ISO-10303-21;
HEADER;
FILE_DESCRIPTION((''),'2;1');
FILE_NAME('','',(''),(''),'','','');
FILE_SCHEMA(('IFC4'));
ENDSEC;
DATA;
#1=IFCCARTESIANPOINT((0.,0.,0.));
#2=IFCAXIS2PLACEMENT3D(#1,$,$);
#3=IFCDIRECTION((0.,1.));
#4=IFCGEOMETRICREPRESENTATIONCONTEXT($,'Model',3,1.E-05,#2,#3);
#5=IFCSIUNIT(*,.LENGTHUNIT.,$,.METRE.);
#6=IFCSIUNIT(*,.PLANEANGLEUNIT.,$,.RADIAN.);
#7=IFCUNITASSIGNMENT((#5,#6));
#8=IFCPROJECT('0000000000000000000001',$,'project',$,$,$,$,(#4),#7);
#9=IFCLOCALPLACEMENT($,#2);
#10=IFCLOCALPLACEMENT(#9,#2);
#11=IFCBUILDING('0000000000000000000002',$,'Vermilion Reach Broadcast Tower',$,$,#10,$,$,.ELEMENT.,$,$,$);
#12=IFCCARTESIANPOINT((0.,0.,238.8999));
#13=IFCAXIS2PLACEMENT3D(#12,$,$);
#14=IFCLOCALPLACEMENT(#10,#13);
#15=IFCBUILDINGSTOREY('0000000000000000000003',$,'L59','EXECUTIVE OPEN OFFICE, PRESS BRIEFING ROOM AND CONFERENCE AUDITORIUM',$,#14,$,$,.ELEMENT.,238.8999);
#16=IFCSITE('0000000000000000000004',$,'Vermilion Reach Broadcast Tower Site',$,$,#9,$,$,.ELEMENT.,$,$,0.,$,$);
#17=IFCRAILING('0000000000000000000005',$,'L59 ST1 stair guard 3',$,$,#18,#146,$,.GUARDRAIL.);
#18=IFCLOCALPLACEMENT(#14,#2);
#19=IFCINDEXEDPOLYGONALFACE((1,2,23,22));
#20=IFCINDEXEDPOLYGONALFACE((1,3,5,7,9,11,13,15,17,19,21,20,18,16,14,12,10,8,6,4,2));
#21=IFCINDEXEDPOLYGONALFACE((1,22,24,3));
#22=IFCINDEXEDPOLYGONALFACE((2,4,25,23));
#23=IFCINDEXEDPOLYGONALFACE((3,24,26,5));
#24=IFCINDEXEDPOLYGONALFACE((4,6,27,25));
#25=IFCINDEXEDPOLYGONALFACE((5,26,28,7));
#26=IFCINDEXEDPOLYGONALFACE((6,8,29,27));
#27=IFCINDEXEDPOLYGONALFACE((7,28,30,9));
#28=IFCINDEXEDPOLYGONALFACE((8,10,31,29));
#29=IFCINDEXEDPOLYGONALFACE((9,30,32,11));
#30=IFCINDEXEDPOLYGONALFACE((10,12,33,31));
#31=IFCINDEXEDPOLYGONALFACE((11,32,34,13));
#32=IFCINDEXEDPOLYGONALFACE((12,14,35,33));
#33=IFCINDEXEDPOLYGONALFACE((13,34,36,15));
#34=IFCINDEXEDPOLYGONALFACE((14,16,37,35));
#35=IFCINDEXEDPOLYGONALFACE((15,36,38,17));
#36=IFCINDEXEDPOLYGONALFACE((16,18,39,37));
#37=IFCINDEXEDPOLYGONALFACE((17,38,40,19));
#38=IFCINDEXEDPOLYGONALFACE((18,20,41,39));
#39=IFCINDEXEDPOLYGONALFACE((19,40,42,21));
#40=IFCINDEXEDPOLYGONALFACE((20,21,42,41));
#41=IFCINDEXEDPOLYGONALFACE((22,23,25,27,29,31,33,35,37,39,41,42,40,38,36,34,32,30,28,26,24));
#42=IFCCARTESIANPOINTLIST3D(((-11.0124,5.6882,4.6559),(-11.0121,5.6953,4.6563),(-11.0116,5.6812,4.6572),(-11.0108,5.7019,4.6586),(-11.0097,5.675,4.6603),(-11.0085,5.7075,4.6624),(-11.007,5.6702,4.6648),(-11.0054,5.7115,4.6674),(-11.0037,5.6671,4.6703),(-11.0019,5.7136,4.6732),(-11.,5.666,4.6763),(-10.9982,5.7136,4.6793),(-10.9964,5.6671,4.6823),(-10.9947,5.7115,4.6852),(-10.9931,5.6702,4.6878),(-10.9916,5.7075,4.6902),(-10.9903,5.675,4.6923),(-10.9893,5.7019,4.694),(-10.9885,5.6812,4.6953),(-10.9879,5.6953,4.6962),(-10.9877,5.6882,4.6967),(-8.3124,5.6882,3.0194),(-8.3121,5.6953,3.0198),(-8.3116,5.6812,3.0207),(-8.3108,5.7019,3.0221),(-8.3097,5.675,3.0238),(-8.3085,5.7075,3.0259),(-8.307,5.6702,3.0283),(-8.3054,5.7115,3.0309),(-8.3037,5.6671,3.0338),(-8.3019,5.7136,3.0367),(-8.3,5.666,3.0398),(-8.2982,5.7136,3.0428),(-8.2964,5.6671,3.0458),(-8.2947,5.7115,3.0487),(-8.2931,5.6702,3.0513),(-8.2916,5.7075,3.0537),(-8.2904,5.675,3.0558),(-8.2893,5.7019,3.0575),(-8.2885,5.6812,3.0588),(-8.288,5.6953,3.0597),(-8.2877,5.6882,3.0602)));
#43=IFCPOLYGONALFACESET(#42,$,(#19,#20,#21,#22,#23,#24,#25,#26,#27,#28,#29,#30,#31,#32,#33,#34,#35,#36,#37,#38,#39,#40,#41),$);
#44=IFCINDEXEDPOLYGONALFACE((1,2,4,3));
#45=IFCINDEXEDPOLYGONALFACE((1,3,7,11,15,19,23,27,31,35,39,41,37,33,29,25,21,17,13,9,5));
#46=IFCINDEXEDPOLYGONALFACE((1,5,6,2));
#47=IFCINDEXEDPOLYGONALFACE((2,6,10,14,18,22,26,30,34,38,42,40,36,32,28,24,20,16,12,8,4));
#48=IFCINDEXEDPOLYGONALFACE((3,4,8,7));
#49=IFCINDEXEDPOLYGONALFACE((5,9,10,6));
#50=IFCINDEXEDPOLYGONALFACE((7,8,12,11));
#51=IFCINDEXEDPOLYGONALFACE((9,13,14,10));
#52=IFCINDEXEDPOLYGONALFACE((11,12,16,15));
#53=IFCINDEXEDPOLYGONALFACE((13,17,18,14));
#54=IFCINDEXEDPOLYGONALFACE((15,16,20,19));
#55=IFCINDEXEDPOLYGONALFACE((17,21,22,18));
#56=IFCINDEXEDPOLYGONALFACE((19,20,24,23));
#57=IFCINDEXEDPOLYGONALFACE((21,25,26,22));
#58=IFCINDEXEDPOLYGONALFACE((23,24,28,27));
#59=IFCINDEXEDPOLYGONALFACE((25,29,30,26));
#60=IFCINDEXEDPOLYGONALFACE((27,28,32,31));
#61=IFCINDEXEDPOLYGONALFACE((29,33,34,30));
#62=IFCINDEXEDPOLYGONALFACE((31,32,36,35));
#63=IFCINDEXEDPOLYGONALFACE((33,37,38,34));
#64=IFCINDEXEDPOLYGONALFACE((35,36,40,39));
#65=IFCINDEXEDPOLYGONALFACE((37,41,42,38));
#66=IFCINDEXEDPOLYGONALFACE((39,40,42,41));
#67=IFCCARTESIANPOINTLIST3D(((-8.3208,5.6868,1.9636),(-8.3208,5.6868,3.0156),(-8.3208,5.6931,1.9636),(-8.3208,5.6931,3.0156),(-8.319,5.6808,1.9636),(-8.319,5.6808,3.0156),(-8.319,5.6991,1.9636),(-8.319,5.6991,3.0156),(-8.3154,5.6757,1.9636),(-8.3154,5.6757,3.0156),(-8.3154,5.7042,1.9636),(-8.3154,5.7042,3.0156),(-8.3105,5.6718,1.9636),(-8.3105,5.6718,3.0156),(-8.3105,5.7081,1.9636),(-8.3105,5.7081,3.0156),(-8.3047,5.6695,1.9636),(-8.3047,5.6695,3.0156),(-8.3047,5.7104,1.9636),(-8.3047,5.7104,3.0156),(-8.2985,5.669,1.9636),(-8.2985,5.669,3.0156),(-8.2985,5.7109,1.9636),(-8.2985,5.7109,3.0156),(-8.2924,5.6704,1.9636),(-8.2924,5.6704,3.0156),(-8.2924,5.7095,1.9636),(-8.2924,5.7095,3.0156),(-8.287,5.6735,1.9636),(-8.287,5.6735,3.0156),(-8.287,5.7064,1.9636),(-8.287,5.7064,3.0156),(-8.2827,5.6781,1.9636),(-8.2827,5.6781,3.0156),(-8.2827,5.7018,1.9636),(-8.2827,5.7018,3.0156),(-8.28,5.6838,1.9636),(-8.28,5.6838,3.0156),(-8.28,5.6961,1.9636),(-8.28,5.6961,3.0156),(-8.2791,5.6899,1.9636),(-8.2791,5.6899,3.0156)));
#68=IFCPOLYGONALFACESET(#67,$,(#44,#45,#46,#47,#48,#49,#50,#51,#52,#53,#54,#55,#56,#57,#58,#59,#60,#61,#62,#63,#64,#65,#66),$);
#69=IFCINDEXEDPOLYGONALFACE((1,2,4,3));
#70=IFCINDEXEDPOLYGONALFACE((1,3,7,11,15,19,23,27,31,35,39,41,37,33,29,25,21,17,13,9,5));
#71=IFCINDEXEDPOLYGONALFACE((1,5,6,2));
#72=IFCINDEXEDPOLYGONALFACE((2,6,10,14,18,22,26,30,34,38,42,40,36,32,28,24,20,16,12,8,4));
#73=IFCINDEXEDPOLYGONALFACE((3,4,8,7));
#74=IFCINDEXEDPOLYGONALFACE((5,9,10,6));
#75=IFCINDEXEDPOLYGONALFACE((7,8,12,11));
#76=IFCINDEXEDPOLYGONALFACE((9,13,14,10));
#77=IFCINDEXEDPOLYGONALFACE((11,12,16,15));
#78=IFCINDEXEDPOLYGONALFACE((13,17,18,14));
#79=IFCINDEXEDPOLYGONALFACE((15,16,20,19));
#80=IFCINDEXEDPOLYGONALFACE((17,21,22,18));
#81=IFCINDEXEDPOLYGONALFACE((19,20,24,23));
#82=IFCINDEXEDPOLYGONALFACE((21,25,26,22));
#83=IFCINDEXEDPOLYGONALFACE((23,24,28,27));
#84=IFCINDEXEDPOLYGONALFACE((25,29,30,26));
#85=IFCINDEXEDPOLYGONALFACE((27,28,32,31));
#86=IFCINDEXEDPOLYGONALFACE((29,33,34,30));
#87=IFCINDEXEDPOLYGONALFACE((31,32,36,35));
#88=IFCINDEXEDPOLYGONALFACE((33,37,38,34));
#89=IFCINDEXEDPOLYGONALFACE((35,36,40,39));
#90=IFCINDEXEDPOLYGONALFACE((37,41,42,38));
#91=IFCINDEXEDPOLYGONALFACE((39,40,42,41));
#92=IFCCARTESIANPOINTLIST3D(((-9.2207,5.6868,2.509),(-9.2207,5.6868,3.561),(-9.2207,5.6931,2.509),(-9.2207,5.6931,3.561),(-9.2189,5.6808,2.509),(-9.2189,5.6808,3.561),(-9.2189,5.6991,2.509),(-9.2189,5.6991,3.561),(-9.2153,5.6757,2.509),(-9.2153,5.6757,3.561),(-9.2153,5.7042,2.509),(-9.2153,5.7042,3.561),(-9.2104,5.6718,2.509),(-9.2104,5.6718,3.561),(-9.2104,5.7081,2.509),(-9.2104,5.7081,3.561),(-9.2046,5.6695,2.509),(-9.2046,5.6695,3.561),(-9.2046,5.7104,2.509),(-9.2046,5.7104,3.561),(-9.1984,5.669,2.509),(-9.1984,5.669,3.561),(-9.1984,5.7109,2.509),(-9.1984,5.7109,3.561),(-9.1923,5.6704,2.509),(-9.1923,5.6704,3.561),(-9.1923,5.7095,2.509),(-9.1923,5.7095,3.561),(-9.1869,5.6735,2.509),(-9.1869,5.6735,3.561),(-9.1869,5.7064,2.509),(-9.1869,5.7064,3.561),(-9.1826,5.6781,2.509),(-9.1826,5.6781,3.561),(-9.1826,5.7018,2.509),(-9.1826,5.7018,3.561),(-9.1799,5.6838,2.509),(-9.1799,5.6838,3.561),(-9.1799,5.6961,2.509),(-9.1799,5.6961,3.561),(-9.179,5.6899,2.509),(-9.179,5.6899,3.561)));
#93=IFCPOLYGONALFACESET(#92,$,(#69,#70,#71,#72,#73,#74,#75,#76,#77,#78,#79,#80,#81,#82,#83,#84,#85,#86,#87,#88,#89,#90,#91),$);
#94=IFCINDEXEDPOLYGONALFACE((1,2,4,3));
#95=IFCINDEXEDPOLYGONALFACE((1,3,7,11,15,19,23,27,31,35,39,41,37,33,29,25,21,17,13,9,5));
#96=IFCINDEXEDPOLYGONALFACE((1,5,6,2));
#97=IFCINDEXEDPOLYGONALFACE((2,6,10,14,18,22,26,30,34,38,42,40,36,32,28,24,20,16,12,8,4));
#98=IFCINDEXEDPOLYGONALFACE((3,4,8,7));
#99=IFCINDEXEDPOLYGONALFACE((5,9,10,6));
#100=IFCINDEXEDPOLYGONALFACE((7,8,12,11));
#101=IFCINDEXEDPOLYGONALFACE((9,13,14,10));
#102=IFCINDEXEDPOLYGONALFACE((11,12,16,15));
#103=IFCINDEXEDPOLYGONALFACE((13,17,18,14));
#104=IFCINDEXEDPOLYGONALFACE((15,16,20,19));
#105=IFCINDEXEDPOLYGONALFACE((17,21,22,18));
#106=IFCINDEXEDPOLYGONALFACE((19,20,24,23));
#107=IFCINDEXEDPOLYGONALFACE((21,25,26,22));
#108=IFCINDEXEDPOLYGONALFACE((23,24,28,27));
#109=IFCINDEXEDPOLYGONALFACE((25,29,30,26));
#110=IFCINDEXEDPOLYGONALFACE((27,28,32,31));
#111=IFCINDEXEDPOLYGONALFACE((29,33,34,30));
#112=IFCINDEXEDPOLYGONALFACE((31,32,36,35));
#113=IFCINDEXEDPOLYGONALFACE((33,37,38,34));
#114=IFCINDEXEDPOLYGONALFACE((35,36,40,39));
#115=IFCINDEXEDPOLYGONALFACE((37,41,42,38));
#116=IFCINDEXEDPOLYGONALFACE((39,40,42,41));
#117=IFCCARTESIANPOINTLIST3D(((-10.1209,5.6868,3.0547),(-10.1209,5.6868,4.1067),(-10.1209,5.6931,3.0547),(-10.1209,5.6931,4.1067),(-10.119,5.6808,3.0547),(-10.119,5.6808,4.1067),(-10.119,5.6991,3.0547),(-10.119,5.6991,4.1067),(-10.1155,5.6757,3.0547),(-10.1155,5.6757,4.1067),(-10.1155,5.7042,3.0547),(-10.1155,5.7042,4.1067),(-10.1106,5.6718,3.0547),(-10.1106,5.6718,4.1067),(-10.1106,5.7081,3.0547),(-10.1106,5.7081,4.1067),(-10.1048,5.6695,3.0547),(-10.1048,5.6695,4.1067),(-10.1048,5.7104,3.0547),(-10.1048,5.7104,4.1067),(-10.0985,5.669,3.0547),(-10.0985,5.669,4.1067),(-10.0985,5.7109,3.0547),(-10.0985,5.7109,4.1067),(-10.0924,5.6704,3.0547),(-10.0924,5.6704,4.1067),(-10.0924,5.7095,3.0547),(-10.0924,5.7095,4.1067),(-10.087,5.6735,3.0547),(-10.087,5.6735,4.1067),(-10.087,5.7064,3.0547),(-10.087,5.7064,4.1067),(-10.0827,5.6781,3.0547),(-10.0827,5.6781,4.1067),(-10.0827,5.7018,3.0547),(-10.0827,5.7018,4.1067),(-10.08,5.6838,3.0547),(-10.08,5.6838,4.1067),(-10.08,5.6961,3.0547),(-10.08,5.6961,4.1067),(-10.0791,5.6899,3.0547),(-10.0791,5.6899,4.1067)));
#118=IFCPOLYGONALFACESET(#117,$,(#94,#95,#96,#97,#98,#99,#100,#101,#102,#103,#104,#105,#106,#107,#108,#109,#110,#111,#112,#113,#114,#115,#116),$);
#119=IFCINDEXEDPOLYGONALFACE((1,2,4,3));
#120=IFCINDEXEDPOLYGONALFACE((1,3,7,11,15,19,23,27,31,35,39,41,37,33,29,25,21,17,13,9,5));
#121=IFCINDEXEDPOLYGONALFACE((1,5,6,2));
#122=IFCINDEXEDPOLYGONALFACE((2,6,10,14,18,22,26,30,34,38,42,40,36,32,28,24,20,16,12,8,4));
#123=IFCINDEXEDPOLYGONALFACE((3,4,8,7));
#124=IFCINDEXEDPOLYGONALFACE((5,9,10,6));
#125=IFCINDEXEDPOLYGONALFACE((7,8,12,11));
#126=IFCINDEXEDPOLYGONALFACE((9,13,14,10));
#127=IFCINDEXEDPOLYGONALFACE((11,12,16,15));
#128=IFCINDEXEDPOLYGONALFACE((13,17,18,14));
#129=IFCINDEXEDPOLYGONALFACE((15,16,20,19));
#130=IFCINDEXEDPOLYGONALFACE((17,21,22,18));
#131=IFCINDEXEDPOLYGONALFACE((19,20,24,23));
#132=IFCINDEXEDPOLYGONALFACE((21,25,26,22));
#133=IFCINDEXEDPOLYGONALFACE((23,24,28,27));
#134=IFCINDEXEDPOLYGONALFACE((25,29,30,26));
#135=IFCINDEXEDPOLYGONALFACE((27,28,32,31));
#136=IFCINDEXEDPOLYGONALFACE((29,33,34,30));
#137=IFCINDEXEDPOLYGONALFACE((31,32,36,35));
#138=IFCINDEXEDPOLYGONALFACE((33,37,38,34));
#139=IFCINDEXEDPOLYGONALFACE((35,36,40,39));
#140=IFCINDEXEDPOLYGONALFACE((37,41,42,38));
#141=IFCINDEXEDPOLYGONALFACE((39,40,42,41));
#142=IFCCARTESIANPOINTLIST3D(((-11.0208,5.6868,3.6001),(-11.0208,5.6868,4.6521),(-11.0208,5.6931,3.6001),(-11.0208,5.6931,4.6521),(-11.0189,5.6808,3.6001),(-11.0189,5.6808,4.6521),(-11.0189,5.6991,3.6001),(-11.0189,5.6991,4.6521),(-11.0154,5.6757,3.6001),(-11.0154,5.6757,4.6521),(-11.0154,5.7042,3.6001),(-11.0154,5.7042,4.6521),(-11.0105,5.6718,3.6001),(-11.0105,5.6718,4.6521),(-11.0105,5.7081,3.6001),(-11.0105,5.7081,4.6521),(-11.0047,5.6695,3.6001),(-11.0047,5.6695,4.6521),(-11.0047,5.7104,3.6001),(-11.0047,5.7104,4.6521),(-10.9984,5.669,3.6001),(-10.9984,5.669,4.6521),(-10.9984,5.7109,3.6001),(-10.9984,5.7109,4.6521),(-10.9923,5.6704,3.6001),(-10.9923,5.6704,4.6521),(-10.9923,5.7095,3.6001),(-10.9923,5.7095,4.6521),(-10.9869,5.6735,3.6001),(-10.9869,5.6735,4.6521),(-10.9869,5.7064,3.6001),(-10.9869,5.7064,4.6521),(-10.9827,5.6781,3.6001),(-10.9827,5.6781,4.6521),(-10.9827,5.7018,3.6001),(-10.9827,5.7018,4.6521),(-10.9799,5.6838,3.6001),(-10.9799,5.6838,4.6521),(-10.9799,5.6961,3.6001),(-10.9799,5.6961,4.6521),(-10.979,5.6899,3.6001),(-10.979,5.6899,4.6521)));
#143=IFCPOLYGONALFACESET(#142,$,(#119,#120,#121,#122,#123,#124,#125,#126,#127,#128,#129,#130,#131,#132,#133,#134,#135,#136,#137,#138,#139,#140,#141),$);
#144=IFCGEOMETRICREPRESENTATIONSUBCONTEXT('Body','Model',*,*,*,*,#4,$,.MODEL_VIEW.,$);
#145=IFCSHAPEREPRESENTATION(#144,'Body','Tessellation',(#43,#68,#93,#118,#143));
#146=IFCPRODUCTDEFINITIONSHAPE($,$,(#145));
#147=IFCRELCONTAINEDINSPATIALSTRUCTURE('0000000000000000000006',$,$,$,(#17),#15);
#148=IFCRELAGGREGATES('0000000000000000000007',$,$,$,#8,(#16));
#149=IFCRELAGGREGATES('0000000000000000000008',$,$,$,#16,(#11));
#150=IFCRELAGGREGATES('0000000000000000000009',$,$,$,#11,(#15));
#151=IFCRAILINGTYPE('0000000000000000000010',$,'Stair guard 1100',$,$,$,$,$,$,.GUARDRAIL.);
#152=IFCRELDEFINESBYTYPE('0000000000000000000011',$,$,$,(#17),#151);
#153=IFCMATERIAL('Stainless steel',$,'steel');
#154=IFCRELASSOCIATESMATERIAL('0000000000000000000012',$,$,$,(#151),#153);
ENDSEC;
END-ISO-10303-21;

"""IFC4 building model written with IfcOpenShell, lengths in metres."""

from ifc_helpers import new_model, si_unit, direction, frame, origin, origin_2d, place, context, subcontext, project, spatial, circle, extrude, material, type_object, element, save


model = new_model("IFC4")

# Units and contexts
model_context = context("Model", 3, precision=1e-05, world=origin(), true_north=direction((0.0, 1.0)))
body_context = subcontext(model_context, "Body", "Model", "MODEL_VIEW")
ifc_project = project(units=[si_unit("LENGTHUNIT", "METRE"), si_unit("PLANEANGLEUNIT", "RADIAN")], contexts=[model_context])

# Site, building, storey
site_placement = place(None, origin())
site = spatial("IfcSite", under=ifc_project, at=site_placement, Name="Vermilion Reach Broadcast Tower Site", CompositionType="ELEMENT", RefElevation=0.0)
building_placement = place(site_placement, origin())
building = spatial("IfcBuilding", under=site, at=building_placement, Name="Vermilion Reach Broadcast Tower", CompositionType="ELEMENT")
storey_placement = place(building_placement, frame((0.0, 0.0, 238.8999)))
storey = spatial("IfcBuildingStorey", under=building, at=storey_placement, Name="L59", Description="EXECUTIVE OPEN OFFICE, PRESS BRIEFING ROOM AND CONFERENCE AUDITORIUM", CompositionType="ELEMENT", Elevation=238.8999)

# Railing
ifc_material_1 = material(Name="Stainless steel", Category="steel")
railing_type_1 = type_object("IfcRailingType", Name="Stair guard 1100", PredefinedType="GUARDRAIL", material=ifc_material_1)
railing_1_placement = place(storey_placement, frame((-8.3, 5.6899, 1.9636)))
element("IfcRailing", 1, at=railing_1_placement, inside=storey, type_object=railing_type_1, Name="L59 ST1 stair guard 3", PredefinedType="GUARDRAIL", context=body_context, shape_type="SweptSolid", body=[
    extrude(circle(Radius=0.0239, at=origin_2d()), frame((0.0, 0.0, 1.0762), z_axis=(-0.855178, 0.0, 0.518334), x_axis=(0.0, -1.0, 0.0)), (0.0, 0.0, 1.0), 3.1572),
    extrude(circle(Radius=0.021, at=origin_2d()), origin(), (0.0, 0.0, 1.0), 1.052),
    extrude(circle(Radius=0.021, at=origin_2d()), frame((-0.8999, 0.0, 0.5454)), (0.0, 0.0, 1.0), 1.052),
    extrude(circle(Radius=0.021, at=origin_2d()), frame((-1.8, 0.0, 1.0911)), (0.0, 0.0, 1.0), 1.052),
    extrude(circle(Radius=0.021, at=origin_2d()), frame((-2.7, 0.0, 1.6365)), (0.0, 0.0, 1.0), 1.052),
])

save(model, "model.ifc")
